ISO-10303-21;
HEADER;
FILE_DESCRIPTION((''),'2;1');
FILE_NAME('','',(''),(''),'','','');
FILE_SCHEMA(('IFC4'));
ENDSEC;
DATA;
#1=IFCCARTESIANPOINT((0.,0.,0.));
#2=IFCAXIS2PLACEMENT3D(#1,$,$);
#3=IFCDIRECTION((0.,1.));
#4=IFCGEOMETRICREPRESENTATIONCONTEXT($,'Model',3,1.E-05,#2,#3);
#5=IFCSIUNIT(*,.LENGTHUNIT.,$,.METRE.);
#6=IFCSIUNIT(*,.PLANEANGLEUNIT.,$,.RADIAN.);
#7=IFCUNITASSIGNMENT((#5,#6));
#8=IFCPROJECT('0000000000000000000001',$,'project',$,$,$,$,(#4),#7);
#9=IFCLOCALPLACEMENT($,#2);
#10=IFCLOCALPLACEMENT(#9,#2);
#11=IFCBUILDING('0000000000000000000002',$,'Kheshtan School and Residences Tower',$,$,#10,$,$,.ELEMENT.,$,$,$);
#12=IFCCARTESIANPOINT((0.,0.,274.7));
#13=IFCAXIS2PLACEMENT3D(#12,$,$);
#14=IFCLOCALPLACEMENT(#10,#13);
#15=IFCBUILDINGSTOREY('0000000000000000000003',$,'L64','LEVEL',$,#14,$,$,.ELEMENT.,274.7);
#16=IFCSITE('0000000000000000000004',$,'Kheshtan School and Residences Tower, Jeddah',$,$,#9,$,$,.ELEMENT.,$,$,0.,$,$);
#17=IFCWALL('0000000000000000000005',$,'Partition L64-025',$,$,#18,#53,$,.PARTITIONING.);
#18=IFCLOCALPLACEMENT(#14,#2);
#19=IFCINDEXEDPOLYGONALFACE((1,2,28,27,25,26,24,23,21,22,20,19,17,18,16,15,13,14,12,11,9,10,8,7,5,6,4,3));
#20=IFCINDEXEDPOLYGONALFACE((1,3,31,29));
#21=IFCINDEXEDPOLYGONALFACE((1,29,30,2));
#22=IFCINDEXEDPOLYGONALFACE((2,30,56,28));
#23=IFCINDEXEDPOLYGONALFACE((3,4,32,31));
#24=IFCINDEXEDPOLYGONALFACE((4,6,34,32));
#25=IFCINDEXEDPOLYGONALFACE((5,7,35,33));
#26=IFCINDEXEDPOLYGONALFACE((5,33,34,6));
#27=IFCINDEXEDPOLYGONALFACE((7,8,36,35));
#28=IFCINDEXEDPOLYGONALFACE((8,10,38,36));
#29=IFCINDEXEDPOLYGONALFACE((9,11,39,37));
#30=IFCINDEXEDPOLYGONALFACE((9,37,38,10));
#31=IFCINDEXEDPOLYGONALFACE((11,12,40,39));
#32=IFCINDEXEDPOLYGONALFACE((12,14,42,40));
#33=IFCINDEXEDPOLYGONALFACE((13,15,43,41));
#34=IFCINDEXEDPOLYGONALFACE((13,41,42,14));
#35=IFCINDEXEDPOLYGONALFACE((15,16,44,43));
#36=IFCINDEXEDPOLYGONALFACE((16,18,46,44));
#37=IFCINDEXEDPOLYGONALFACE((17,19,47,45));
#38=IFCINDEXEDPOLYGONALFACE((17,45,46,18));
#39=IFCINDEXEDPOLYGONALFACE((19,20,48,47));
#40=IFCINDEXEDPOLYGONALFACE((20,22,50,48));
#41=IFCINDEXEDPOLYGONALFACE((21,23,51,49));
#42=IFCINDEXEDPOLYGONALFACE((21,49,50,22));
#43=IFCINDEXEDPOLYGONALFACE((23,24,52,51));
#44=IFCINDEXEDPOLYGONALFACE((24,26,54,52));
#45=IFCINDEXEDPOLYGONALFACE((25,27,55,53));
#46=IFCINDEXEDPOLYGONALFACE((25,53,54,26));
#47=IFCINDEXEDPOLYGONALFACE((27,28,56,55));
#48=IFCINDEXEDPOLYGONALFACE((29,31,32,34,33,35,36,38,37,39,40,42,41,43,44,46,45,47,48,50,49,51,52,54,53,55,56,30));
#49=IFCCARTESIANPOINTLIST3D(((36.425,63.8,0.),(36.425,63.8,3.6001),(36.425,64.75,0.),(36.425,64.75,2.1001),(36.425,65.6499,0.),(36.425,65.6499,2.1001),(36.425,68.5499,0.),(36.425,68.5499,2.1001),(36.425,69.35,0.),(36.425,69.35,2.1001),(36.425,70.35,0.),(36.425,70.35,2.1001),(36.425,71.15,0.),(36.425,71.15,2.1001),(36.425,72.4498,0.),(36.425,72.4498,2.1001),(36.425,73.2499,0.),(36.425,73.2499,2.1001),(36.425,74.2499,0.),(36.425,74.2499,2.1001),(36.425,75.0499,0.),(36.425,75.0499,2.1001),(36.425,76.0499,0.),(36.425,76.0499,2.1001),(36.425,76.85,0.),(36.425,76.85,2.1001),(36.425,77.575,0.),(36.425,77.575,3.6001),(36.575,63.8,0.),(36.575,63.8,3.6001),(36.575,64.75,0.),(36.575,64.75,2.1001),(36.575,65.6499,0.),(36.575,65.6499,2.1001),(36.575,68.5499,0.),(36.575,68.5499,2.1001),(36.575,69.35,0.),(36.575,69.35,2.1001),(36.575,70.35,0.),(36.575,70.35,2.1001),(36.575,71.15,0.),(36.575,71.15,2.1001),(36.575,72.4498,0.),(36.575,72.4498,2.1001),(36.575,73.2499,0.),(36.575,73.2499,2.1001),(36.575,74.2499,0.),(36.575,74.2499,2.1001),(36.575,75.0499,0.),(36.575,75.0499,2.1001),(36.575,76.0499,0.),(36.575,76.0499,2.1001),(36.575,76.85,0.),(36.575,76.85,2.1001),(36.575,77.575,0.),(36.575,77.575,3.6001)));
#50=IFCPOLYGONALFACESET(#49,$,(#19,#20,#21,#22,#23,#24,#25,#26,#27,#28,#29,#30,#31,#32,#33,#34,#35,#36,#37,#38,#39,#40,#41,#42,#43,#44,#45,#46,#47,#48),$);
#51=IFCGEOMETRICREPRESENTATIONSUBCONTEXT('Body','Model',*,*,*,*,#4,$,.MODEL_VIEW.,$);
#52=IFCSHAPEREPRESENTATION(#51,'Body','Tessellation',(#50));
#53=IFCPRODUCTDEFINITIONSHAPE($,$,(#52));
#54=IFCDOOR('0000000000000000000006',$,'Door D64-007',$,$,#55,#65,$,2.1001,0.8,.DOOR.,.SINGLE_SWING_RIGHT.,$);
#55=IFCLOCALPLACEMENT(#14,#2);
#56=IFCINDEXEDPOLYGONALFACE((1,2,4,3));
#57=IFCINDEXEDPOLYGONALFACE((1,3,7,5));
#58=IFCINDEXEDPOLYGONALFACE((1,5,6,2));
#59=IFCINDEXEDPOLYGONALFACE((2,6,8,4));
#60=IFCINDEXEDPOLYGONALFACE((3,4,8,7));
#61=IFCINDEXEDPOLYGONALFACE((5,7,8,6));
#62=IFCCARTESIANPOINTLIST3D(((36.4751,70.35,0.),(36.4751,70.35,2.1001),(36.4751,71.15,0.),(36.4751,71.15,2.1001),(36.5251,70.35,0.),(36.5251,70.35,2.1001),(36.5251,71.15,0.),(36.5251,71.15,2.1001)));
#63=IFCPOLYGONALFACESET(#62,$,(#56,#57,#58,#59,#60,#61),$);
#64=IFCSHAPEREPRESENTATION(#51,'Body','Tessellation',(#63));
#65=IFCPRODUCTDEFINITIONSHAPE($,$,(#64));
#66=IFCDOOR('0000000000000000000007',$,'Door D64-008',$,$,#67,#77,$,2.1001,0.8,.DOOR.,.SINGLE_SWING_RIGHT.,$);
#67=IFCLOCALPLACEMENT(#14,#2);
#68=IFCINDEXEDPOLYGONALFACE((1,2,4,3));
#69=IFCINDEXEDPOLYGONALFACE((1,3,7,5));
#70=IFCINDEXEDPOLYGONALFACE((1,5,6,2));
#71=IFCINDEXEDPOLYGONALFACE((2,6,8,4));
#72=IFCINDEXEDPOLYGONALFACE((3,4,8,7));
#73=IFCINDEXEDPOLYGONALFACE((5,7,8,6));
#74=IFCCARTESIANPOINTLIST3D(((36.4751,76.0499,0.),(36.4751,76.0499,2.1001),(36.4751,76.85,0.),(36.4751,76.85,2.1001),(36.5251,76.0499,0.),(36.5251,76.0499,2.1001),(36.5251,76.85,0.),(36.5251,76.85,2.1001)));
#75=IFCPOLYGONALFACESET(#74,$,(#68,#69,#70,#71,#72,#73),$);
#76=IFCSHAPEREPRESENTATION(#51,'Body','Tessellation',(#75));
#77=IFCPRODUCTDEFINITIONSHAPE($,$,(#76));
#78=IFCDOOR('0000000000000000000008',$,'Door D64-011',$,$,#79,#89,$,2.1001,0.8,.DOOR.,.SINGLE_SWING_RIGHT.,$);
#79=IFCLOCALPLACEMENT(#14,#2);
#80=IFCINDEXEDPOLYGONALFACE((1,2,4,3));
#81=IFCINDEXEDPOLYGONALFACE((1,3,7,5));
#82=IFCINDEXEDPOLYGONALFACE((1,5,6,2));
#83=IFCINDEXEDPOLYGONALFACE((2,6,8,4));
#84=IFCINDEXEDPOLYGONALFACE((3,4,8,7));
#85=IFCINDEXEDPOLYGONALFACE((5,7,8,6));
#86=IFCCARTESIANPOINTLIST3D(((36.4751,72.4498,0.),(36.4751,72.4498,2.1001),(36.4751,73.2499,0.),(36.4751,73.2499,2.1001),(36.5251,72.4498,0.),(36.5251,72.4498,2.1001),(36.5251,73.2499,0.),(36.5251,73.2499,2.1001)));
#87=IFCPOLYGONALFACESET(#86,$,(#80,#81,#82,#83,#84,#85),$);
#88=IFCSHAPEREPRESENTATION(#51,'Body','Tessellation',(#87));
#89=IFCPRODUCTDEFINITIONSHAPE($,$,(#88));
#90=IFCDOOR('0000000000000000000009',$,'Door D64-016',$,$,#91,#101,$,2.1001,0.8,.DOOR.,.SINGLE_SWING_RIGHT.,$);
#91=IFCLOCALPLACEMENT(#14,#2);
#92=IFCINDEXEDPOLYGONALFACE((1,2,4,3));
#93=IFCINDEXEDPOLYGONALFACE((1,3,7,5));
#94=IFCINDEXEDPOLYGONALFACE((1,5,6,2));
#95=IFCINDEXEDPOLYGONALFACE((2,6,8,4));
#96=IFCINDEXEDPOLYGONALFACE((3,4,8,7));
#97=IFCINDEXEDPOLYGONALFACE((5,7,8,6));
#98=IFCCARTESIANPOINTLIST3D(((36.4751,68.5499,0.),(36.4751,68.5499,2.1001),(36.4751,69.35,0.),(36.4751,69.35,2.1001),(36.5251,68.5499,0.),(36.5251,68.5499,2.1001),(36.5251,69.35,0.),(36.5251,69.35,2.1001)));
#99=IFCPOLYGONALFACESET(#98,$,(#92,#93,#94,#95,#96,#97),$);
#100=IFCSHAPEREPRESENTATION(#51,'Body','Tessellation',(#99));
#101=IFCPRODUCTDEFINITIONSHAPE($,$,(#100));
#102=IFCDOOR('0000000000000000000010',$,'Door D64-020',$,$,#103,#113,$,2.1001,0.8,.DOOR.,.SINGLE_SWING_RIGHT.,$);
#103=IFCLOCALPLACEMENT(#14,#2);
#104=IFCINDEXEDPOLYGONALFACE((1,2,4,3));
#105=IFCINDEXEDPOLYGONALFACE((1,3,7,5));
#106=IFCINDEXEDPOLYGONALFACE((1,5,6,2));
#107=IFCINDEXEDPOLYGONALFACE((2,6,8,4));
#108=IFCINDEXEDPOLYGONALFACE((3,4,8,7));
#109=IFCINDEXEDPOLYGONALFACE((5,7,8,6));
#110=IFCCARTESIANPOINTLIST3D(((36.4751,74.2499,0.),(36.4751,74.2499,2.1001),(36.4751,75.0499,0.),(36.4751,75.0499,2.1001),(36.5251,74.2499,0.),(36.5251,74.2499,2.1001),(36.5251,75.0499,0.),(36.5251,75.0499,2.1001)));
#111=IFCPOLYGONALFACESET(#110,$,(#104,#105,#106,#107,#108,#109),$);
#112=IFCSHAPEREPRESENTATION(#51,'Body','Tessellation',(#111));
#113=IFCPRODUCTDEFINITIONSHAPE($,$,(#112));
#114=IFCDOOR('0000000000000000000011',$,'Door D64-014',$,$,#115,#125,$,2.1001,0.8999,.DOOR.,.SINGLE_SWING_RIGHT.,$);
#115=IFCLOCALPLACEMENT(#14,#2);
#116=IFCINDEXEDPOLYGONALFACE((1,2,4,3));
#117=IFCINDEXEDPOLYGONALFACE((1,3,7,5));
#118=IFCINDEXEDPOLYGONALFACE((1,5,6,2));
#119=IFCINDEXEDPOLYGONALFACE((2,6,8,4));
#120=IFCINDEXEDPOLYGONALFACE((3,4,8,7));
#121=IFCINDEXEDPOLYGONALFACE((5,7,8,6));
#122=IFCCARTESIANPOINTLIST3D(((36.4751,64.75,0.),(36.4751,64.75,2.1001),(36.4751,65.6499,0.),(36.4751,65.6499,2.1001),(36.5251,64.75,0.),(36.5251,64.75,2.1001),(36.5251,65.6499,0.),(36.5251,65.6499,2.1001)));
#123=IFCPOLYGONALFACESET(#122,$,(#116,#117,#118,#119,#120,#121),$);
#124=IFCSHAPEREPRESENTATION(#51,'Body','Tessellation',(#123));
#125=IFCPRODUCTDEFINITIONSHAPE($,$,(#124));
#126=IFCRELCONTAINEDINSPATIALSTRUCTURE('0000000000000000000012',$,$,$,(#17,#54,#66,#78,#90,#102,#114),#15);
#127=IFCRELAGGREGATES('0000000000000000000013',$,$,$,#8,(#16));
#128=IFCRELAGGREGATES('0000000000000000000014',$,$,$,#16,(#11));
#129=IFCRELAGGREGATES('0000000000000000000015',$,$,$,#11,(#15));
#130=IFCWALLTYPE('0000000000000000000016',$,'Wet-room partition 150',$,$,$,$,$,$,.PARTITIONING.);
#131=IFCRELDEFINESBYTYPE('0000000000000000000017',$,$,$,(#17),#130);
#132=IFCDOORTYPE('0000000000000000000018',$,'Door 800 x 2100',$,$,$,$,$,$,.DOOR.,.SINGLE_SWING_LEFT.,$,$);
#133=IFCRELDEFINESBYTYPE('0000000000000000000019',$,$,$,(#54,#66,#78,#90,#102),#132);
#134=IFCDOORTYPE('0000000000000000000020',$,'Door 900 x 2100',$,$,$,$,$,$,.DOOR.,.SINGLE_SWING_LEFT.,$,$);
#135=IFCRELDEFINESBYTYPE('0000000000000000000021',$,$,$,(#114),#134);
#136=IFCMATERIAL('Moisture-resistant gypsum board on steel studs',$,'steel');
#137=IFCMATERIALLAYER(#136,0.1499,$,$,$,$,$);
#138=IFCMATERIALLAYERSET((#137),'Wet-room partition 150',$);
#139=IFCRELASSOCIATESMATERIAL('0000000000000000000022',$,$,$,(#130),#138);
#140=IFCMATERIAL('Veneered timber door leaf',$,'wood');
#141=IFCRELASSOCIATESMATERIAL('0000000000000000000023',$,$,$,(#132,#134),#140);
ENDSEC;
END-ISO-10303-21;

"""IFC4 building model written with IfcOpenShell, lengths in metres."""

from ifc_helpers import new_model, si_unit, direction, frame, frame_2d, origin, place, context, subcontext, project, spatial, rectangle, extrude, source, transform, mapped, material, layer, layer_set, type_object, element, fill, save


model = new_model("IFC4")

# Units and contexts
model_context = context("Model", 3, precision=1e-05, world=origin(), true_north=direction((0.0, 1.0)))
body_context = subcontext(model_context, "Body", "Model", "MODEL_VIEW")
ifc_project = project(units=[si_unit("LENGTHUNIT", "METRE"), si_unit("PLANEANGLEUNIT", "RADIAN")], contexts=[model_context])

# Site, building, storey
site_placement = place(None, origin())
site = spatial("IfcSite", under=ifc_project, at=site_placement, Name="Kheshtan School and Residences Tower, Jeddah", CompositionType="ELEMENT", RefElevation=0.0)
building_placement = place(site_placement, origin())
building = spatial("IfcBuilding", under=site, at=building_placement, Name="Kheshtan School and Residences Tower", CompositionType="ELEMENT")
storey_placement = place(building_placement, frame((0.0, 0.0, 274.7)))
storey = spatial("IfcBuildingStorey", under=building, at=storey_placement, Name="L64", Description="LEVEL", CompositionType="ELEMENT", Elevation=274.7)

# Wall, openings, doors
ifc_material_1 = material(Name="Moisture-resistant gypsum board on steel studs", Category="steel")
ifc_layer_1 = layer(ifc_material_1, 0.1499)
ifc_layer_set_1 = layer_set([ifc_layer_1], Name="Wet-room partition 150")
wall_type_1 = type_object("IfcWallType", Name="Wet-room partition 150", PredefinedType="PARTITIONING", material=ifc_layer_set_1)
ifc_material_2 = material(Name="Veneered timber door leaf", Category="wood")
door_type_1 = type_object("IfcDoorType", Name="Door 800 x 2100", OperationType="SINGLE_SWING_LEFT", PredefinedType="DOOR", material=ifc_material_2)
shared_shape_1 = source(origin(), body_context, "Body", "SweptSolid", [
    extrude(rectangle(XDim=0.8, YDim=2.1001, at=frame_2d((0.3999, 1.05))), frame((0.0, 0.0249, 0.0), z_axis=(0.0, -1.0, 0.0), x_axis=(1.0, 0.0, 0.0)), (0.0, 0.0, 1.0), 0.05),
])
door_type_2 = type_object("IfcDoorType", Name="Door 900 x 2100", OperationType="SINGLE_SWING_LEFT", PredefinedType="DOOR", material=ifc_material_2)
shared_shape_2 = source(origin(), body_context, "Body", "SweptSolid", [
    extrude(rectangle(XDim=0.8999, YDim=2.1001, at=frame_2d((0.45, 1.05))), frame((0.0, 0.0249, 0.0), z_axis=(0.0, -1.0, 0.0), x_axis=(1.0, 0.0, 0.0)), (0.0, 0.0, 1.0), 0.05),
])
wall_1_placement = place(storey_placement, frame((36.5, 63.8, 0.0), z_axis=(0.0, 0.0, 1.0), x_axis=(0.0, 1.0, 0.0)))
wall_1 = element("IfcWall", 1, at=wall_1_placement, inside=storey, type_object=wall_type_1, Name="Partition L64-025", PredefinedType="PARTITIONING", context=body_context, shape_type="SweptSolid", body=[
    extrude(rectangle(XDim=13.7749, YDim=0.1499, at=frame_2d((6.8875, 0.0))), origin(), (0.0, 0.0, 1.0), 3.6001),
])
opening_1_placement = place(wall_1_placement, frame((6.55, 0.0, 0.0)))
opening_1 = element("IfcOpeningElement", 2, at=opening_1_placement, cuts=wall_1, PredefinedType="OPENING", context=body_context, shape_type="SweptSolid", body=[
    extrude(rectangle(XDim=0.8, YDim=2.1001, at=frame_2d((0.3999, 1.05))), frame((0.0, 0.085, 0.0), z_axis=(0.0, -1.0, 0.0), x_axis=(1.0, 0.0, 0.0)), (0.0, 0.0, 1.0), 0.1699),
])
opening_2_placement = place(wall_1_placement, frame((12.25, 0.0, 0.0)))
opening_2 = element("IfcOpeningElement", 3, at=opening_2_placement, cuts=wall_1, PredefinedType="OPENING", context=body_context, shape_type="SweptSolid", body=[
    extrude(rectangle(XDim=0.8, YDim=2.1001, at=frame_2d((0.3999, 1.05))), frame((0.0, 0.085, 0.0), z_axis=(0.0, -1.0, 0.0), x_axis=(1.0, 0.0, 0.0)), (0.0, 0.0, 1.0), 0.1699),
])
opening_3_placement = place(wall_1_placement, frame((8.6499, 0.0, 0.0)))
opening_3 = element("IfcOpeningElement", 4, at=opening_3_placement, cuts=wall_1, PredefinedType="OPENING", context=body_context, shape_type="SweptSolid", body=[
    extrude(rectangle(XDim=0.8, YDim=2.1001, at=frame_2d((0.3999, 1.05))), frame((0.0, 0.085, 0.0), z_axis=(0.0, -1.0, 0.0), x_axis=(1.0, 0.0, 0.0)), (0.0, 0.0, 1.0), 0.1699),
])
opening_4_placement = place(wall_1_placement, frame((0.95, 0.0, 0.0)))
opening_4 = element("IfcOpeningElement", 5, at=opening_4_placement, cuts=wall_1, PredefinedType="OPENING", context=body_context, shape_type="SweptSolid", body=[
    extrude(rectangle(XDim=0.8999, YDim=2.1001, at=frame_2d((0.45, 1.05))), frame((0.0, 0.085, 0.0), z_axis=(0.0, -1.0, 0.0), x_axis=(1.0, 0.0, 0.0)), (0.0, 0.0, 1.0), 0.1699),
])
opening_5_placement = place(wall_1_placement, frame((4.75, 0.0, 0.0)))
opening_5 = element("IfcOpeningElement", 6, at=opening_5_placement, cuts=wall_1, PredefinedType="OPENING", context=body_context, shape_type="SweptSolid", body=[
    extrude(rectangle(XDim=0.8, YDim=2.1001, at=frame_2d((0.3999, 1.05))), frame((0.0, 0.085, 0.0), z_axis=(0.0, -1.0, 0.0), x_axis=(1.0, 0.0, 0.0)), (0.0, 0.0, 1.0), 0.1699),
])
opening_6_placement = place(wall_1_placement, frame((10.45, 0.0, 0.0)))
opening_6 = element("IfcOpeningElement", 7, at=opening_6_placement, cuts=wall_1, PredefinedType="OPENING", context=body_context, shape_type="SweptSolid", body=[
    extrude(rectangle(XDim=0.8, YDim=2.1001, at=frame_2d((0.3999, 1.05))), frame((0.0, 0.085, 0.0), z_axis=(0.0, -1.0, 0.0), x_axis=(1.0, 0.0, 0.0)), (0.0, 0.0, 1.0), 0.1699),
])
door_1_placement = place(opening_1_placement, origin())
door_1 = element("IfcDoor", 8, at=door_1_placement, inside=storey, type_object=door_type_1, Name="Door D64-007", OperationType="SINGLE_SWING_RIGHT", OverallHeight=2.1001, OverallWidth=0.8, PredefinedType="DOOR", context=body_context, shape_type="MappedRepresentation", body=[
    mapped(shared_shape_1, transform((0.0, 0.0, 0.0), x_axis=(1.0, 0.0, 0.0), y_axis=(0.0, 1.0, 0.0), z_axis=(0.0, 0.0, 1.0), scale=1.0)),
])
fill(opening_1, door_1)
door_2_placement = place(opening_2_placement, origin())
door_2 = element("IfcDoor", 9, at=door_2_placement, inside=storey, type_object=door_type_1, Name="Door D64-008", OperationType="SINGLE_SWING_RIGHT", OverallHeight=2.1001, OverallWidth=0.8, PredefinedType="DOOR", context=body_context, shape_type="MappedRepresentation", body=[
    mapped(shared_shape_1, transform((0.0, 0.0, 0.0), x_axis=(1.0, 0.0, 0.0), y_axis=(0.0, 1.0, 0.0), z_axis=(0.0, 0.0, 1.0), scale=1.0)),
])
fill(opening_2, door_2)
door_3_placement = place(opening_3_placement, origin())
door_3 = element("IfcDoor", 10, at=door_3_placement, inside=storey, type_object=door_type_1, Name="Door D64-011", OperationType="SINGLE_SWING_RIGHT", OverallHeight=2.1001, OverallWidth=0.8, PredefinedType="DOOR", context=body_context, shape_type="MappedRepresentation", body=[
    mapped(shared_shape_1, transform((0.0, 0.0, 0.0), x_axis=(1.0, 0.0, 0.0), y_axis=(0.0, 1.0, 0.0), z_axis=(0.0, 0.0, 1.0), scale=1.0)),
])
fill(opening_3, door_3)
door_4_placement = place(opening_5_placement, origin())
door_4 = element("IfcDoor", 11, at=door_4_placement, inside=storey, type_object=door_type_1, Name="Door D64-016", OperationType="SINGLE_SWING_RIGHT", OverallHeight=2.1001, OverallWidth=0.8, PredefinedType="DOOR", context=body_context, shape_type="MappedRepresentation", body=[
    mapped(shared_shape_1, transform((0.0, 0.0, 0.0), x_axis=(1.0, 0.0, 0.0), y_axis=(0.0, 1.0, 0.0), z_axis=(0.0, 0.0, 1.0), scale=1.0)),
])
fill(opening_5, door_4)
door_5_placement = place(opening_6_placement, origin())
door_5 = element("IfcDoor", 12, at=door_5_placement, inside=storey, type_object=door_type_1, Name="Door D64-020", OperationType="SINGLE_SWING_RIGHT", OverallHeight=2.1001, OverallWidth=0.8, PredefinedType="DOOR", context=body_context, shape_type="MappedRepresentation", body=[
    mapped(shared_shape_1, transform((0.0, 0.0, 0.0), x_axis=(1.0, 0.0, 0.0), y_axis=(0.0, 1.0, 0.0), z_axis=(0.0, 0.0, 1.0), scale=1.0)),
])
fill(opening_6, door_5)
door_6_placement = place(opening_4_placement, origin())
door_6 = element("IfcDoor", 13, at=door_6_placement, inside=storey, type_object=door_type_2, Name="Door D64-014", OperationType="SINGLE_SWING_RIGHT", OverallHeight=2.1001, OverallWidth=0.8999, PredefinedType="DOOR", context=body_context, shape_type="MappedRepresentation", body=[
    mapped(shared_shape_2, transform((0.0, 0.0, 0.0), x_axis=(1.0, 0.0, 0.0), y_axis=(0.0, 1.0, 0.0), z_axis=(0.0, 0.0, 1.0), scale=1.0)),
])
fill(opening_4, door_6)

save(model, "model.ifc")
